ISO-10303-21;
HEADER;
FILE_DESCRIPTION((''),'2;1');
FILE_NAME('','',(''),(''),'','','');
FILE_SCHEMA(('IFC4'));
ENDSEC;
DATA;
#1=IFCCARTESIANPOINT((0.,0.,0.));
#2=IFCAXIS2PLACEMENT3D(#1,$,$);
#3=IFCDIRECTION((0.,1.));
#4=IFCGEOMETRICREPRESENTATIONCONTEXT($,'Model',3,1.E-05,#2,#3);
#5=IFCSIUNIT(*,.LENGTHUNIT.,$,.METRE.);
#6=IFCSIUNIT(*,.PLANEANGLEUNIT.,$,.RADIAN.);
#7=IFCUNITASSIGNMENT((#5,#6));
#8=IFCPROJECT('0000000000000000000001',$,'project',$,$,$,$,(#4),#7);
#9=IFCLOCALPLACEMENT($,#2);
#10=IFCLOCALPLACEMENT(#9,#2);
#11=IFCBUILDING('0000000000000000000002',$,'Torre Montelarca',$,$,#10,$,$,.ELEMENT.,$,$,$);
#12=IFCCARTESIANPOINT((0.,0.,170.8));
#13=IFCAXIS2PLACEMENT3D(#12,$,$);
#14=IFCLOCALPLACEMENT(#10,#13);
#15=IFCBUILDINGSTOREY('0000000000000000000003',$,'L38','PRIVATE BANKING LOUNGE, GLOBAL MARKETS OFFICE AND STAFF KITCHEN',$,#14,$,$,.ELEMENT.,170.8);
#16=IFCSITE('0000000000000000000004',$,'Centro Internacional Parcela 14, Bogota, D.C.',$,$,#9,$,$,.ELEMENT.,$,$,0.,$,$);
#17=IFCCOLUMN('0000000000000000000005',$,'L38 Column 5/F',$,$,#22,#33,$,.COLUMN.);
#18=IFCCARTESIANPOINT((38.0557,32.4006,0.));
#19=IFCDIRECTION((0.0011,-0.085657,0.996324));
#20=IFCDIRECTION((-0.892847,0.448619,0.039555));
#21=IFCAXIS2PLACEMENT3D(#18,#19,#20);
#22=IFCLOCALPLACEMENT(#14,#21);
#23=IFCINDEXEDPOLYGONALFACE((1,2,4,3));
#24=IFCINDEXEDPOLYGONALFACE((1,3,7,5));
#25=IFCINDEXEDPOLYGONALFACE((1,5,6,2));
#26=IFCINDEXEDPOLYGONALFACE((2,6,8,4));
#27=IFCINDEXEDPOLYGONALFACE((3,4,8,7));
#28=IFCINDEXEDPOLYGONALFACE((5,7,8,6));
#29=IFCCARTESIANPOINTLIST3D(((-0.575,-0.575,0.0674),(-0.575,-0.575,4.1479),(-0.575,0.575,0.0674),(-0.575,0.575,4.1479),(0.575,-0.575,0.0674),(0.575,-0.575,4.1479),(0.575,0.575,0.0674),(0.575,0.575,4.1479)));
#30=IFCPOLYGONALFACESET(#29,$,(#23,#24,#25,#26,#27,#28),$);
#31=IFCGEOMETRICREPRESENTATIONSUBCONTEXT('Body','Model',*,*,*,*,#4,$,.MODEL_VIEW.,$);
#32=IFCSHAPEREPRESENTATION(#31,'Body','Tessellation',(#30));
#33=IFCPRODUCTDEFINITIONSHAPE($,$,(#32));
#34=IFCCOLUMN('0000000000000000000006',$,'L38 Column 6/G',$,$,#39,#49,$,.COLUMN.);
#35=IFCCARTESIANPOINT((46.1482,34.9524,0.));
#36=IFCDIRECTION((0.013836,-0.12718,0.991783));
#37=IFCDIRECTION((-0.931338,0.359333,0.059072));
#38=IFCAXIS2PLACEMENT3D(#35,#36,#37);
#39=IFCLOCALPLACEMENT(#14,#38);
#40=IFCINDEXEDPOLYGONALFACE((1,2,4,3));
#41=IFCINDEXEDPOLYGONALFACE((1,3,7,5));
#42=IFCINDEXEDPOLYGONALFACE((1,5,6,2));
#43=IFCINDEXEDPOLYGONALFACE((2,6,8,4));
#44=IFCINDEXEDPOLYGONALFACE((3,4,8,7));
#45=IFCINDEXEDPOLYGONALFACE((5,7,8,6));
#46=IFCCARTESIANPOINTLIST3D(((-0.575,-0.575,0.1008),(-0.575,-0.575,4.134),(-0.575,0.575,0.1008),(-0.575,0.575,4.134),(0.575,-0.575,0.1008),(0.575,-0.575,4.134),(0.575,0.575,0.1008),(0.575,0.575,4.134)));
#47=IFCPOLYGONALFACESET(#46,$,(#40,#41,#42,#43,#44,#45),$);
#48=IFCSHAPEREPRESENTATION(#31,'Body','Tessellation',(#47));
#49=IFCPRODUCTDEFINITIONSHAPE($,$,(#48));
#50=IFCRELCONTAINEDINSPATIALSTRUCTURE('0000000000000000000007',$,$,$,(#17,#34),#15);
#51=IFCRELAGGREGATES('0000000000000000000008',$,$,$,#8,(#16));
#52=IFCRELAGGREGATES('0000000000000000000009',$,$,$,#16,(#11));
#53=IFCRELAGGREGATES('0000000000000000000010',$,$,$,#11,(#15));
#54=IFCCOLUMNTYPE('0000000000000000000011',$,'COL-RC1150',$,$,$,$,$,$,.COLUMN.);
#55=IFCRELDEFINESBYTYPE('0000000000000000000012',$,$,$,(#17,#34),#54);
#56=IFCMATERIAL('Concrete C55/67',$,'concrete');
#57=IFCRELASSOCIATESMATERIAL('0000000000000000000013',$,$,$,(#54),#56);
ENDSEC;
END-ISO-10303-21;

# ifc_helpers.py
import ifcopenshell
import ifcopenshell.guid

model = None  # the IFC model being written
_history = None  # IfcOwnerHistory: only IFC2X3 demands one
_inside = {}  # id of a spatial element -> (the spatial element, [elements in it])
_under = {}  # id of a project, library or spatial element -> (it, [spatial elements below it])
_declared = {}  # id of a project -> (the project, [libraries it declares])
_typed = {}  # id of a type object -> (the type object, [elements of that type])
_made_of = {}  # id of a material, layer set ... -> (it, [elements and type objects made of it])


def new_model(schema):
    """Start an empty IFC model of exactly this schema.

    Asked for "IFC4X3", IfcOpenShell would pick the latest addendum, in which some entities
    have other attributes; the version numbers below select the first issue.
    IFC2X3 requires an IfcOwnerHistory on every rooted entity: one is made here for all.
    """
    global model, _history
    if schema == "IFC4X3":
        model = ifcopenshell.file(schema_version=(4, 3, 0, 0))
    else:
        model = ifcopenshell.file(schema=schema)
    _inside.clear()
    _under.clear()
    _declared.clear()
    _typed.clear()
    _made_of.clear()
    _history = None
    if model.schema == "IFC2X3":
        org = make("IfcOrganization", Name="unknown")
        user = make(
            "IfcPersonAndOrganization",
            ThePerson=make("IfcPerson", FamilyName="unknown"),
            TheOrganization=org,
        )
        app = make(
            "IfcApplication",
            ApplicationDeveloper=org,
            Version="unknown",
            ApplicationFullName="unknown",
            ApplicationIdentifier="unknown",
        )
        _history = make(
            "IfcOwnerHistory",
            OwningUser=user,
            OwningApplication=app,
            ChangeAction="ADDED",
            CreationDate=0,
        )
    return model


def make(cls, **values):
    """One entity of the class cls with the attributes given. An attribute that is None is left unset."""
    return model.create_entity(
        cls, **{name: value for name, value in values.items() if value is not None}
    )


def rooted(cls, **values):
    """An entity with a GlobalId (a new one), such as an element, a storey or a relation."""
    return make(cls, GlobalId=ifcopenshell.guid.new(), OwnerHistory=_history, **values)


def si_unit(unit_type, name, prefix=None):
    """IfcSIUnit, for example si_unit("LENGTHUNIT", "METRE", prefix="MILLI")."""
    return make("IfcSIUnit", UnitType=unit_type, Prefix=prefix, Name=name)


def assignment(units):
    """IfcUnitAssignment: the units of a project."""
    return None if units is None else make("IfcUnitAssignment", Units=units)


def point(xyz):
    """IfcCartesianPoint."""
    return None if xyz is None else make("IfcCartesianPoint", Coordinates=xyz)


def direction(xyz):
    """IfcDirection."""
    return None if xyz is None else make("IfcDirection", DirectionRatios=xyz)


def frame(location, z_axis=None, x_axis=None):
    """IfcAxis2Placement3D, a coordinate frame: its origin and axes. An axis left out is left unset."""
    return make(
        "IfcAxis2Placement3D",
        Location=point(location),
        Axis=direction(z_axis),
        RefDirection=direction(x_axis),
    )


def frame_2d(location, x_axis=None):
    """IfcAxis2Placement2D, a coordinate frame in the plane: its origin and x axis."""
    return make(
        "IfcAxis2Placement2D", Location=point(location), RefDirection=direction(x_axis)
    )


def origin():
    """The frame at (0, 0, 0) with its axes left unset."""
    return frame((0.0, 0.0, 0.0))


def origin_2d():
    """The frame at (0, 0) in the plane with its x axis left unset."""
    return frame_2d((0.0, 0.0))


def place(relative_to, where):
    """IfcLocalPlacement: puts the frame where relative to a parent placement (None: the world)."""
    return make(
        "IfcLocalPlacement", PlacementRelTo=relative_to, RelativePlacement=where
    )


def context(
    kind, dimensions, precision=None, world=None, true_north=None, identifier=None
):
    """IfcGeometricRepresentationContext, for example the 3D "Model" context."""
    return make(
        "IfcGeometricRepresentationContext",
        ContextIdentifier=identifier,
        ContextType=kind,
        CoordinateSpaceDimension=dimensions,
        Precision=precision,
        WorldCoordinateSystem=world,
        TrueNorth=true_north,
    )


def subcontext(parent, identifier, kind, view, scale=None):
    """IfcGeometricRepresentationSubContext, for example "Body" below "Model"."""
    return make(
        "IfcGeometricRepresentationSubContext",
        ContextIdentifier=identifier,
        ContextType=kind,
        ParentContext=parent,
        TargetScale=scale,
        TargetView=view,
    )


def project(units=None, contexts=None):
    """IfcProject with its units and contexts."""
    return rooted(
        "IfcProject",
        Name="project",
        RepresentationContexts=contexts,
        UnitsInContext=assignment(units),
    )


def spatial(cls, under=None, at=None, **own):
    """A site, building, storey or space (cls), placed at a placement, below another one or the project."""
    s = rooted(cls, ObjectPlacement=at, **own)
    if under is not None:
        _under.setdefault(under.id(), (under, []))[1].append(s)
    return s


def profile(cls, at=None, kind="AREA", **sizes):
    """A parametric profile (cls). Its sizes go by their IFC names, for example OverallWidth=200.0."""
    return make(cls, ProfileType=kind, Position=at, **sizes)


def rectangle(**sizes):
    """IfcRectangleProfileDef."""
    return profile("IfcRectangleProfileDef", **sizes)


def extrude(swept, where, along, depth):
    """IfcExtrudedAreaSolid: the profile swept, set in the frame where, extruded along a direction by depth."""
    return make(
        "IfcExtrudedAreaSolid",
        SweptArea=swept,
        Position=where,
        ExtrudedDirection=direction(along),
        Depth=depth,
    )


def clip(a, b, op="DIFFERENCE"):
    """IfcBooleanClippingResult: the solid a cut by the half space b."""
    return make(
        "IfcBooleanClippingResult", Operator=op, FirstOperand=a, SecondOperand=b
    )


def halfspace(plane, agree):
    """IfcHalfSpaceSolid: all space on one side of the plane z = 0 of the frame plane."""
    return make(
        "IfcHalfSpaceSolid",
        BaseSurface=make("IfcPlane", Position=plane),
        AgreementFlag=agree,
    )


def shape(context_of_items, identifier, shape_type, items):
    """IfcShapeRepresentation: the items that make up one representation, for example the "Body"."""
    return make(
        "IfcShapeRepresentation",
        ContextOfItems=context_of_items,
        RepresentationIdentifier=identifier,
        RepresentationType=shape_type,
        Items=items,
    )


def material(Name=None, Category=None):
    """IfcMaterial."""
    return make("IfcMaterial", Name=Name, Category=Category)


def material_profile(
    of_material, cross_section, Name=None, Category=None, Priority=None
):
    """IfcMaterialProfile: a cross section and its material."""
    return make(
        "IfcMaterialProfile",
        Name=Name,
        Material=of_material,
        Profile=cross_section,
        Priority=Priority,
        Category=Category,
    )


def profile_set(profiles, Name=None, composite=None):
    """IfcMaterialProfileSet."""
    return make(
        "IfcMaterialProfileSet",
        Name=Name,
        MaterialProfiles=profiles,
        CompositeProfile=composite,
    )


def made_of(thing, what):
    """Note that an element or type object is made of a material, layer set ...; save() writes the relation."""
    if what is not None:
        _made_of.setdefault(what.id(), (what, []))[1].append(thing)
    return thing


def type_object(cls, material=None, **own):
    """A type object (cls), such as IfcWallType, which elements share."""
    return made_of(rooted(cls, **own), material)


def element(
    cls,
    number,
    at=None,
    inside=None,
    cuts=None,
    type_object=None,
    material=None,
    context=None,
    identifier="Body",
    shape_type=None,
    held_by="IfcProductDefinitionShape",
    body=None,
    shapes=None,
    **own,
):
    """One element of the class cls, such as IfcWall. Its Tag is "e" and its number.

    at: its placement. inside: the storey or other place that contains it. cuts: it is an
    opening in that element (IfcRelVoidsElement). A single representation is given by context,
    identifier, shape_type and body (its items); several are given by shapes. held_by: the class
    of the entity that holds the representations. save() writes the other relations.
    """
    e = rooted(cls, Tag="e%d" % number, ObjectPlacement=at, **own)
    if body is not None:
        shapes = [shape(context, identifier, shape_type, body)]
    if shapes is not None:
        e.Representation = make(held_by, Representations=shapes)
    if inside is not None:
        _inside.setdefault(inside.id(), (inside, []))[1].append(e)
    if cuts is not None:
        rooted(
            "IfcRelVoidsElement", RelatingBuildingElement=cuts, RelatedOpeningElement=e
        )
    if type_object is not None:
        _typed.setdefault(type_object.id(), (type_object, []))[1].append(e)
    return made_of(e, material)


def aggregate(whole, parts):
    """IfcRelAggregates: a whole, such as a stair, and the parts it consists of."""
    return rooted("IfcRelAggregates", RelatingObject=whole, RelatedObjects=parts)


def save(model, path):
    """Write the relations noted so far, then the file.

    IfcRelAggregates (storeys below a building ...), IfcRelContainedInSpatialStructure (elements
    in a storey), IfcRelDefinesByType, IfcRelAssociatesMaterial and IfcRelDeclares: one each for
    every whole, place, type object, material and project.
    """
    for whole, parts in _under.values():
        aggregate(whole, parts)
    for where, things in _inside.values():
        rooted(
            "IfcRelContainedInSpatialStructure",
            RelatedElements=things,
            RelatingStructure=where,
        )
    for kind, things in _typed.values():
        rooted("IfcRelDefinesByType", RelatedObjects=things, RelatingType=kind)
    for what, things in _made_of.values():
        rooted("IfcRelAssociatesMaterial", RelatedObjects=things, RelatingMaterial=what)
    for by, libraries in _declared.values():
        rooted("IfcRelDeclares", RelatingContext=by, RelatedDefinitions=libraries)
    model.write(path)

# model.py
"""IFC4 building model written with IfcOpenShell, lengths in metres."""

from ifc_helpers import new_model, si_unit, direction, frame, origin, origin_2d, place, context, subcontext, project, spatial, rectangle, extrude, clip, halfspace, material, material_profile, profile_set, type_object, element, save


model = new_model("IFC4")

# Units and contexts
model_context = context("Model", 3, precision=1e-05, world=origin(), true_north=direction((0.0, 1.0)))
body_context = subcontext(model_context, "Body", "Model", "MODEL_VIEW")
ifc_project = project(units=[si_unit("LENGTHUNIT", "METRE"), si_unit("PLANEANGLEUNIT", "RADIAN")], contexts=[model_context])

# Site, building, storey
site_placement = place(None, origin())
site = spatial("IfcSite", under=ifc_project, at=site_placement, Name="Centro Internacional Parcela 14, Bogota, D.C.", CompositionType="ELEMENT", RefElevation=0.0)
building_placement = place(site_placement, origin())
building = spatial("IfcBuilding", under=site, at=building_placement, Name="Torre Montelarca", CompositionType="ELEMENT")
storey_placement = place(building_placement, frame((0.0, 0.0, 170.8)))
storey = spatial("IfcBuildingStorey", under=building, at=storey_placement, Name="L38", Description="PRIVATE BANKING LOUNGE, GLOBAL MARKETS OFFICE AND STAFF KITCHEN", CompositionType="ELEMENT", Elevation=170.8)

# Columns
ifc_material_1 = material(Name="Concrete C55/67", Category="concrete")
ifc_material_profile_1 = material_profile(ifc_material_1, rectangle(XDim=1.1499, YDim=1.1499, at=origin_2d()), Name="RC1150X1150", Category="concrete")
ifc_profile_set_1 = profile_set([ifc_material_profile_1], Name="Concrete C55/67")
column_type_1 = type_object("IfcColumnType", Name="COL-RC1150", PredefinedType="COLUMN", material=ifc_profile_set_1)
column_1_placement = place(storey_placement, frame((38.0557, 32.4006, 0.0), z_axis=(0.0011, -0.085657, 0.996324), x_axis=(-0.892847, 0.448619, 0.039555)))
element("IfcColumn", 1, at=column_1_placement, inside=storey, type_object=column_type_1, Name="L38 Column 5/F", PredefinedType="COLUMN", context=body_context, shape_type="Clipping", body=[
    clip(clip(extrude(rectangle(XDim=1.1499, YDim=1.1499, at=origin_2d()), origin(), (0.0, 0.0, 1.0), 4.2153), halfspace(frame((0.0, 0.0, 0.0674), z_axis=(0.0, 0.0, -1.0), x_axis=(1.0, 0.0, 0.0)), False)), halfspace(frame((0.0, 0.0, 4.1479), z_axis=(0.0, 0.0, 1.0), x_axis=(1.0, 0.0, 0.0)), False)),
])
column_2_placement = place(storey_placement, frame((46.1482, 34.9524, 0.0), z_axis=(0.013836, -0.12718, 0.991783), x_axis=(-0.931338, 0.359333, 0.059072)))
element("IfcColumn", 2, at=column_2_placement, inside=storey, type_object=column_type_1, Name="L38 Column 6/G", PredefinedType="COLUMN", context=body_context, shape_type="Clipping", body=[
    clip(clip(extrude(rectangle(XDim=1.1499, YDim=1.1499, at=origin_2d()), origin(), (0.0, 0.0, 1.0), 4.2349), halfspace(frame((0.0, 0.0, 0.1008), z_axis=(0.0, 0.0, -1.0), x_axis=(1.0, 0.0, 0.0)), False)), halfspace(frame((0.0, 0.0, 4.134), z_axis=(0.0, 0.0, 1.0), x_axis=(1.0, 0.0, 0.0)), False)),
])

save(model, "model.ifc")
